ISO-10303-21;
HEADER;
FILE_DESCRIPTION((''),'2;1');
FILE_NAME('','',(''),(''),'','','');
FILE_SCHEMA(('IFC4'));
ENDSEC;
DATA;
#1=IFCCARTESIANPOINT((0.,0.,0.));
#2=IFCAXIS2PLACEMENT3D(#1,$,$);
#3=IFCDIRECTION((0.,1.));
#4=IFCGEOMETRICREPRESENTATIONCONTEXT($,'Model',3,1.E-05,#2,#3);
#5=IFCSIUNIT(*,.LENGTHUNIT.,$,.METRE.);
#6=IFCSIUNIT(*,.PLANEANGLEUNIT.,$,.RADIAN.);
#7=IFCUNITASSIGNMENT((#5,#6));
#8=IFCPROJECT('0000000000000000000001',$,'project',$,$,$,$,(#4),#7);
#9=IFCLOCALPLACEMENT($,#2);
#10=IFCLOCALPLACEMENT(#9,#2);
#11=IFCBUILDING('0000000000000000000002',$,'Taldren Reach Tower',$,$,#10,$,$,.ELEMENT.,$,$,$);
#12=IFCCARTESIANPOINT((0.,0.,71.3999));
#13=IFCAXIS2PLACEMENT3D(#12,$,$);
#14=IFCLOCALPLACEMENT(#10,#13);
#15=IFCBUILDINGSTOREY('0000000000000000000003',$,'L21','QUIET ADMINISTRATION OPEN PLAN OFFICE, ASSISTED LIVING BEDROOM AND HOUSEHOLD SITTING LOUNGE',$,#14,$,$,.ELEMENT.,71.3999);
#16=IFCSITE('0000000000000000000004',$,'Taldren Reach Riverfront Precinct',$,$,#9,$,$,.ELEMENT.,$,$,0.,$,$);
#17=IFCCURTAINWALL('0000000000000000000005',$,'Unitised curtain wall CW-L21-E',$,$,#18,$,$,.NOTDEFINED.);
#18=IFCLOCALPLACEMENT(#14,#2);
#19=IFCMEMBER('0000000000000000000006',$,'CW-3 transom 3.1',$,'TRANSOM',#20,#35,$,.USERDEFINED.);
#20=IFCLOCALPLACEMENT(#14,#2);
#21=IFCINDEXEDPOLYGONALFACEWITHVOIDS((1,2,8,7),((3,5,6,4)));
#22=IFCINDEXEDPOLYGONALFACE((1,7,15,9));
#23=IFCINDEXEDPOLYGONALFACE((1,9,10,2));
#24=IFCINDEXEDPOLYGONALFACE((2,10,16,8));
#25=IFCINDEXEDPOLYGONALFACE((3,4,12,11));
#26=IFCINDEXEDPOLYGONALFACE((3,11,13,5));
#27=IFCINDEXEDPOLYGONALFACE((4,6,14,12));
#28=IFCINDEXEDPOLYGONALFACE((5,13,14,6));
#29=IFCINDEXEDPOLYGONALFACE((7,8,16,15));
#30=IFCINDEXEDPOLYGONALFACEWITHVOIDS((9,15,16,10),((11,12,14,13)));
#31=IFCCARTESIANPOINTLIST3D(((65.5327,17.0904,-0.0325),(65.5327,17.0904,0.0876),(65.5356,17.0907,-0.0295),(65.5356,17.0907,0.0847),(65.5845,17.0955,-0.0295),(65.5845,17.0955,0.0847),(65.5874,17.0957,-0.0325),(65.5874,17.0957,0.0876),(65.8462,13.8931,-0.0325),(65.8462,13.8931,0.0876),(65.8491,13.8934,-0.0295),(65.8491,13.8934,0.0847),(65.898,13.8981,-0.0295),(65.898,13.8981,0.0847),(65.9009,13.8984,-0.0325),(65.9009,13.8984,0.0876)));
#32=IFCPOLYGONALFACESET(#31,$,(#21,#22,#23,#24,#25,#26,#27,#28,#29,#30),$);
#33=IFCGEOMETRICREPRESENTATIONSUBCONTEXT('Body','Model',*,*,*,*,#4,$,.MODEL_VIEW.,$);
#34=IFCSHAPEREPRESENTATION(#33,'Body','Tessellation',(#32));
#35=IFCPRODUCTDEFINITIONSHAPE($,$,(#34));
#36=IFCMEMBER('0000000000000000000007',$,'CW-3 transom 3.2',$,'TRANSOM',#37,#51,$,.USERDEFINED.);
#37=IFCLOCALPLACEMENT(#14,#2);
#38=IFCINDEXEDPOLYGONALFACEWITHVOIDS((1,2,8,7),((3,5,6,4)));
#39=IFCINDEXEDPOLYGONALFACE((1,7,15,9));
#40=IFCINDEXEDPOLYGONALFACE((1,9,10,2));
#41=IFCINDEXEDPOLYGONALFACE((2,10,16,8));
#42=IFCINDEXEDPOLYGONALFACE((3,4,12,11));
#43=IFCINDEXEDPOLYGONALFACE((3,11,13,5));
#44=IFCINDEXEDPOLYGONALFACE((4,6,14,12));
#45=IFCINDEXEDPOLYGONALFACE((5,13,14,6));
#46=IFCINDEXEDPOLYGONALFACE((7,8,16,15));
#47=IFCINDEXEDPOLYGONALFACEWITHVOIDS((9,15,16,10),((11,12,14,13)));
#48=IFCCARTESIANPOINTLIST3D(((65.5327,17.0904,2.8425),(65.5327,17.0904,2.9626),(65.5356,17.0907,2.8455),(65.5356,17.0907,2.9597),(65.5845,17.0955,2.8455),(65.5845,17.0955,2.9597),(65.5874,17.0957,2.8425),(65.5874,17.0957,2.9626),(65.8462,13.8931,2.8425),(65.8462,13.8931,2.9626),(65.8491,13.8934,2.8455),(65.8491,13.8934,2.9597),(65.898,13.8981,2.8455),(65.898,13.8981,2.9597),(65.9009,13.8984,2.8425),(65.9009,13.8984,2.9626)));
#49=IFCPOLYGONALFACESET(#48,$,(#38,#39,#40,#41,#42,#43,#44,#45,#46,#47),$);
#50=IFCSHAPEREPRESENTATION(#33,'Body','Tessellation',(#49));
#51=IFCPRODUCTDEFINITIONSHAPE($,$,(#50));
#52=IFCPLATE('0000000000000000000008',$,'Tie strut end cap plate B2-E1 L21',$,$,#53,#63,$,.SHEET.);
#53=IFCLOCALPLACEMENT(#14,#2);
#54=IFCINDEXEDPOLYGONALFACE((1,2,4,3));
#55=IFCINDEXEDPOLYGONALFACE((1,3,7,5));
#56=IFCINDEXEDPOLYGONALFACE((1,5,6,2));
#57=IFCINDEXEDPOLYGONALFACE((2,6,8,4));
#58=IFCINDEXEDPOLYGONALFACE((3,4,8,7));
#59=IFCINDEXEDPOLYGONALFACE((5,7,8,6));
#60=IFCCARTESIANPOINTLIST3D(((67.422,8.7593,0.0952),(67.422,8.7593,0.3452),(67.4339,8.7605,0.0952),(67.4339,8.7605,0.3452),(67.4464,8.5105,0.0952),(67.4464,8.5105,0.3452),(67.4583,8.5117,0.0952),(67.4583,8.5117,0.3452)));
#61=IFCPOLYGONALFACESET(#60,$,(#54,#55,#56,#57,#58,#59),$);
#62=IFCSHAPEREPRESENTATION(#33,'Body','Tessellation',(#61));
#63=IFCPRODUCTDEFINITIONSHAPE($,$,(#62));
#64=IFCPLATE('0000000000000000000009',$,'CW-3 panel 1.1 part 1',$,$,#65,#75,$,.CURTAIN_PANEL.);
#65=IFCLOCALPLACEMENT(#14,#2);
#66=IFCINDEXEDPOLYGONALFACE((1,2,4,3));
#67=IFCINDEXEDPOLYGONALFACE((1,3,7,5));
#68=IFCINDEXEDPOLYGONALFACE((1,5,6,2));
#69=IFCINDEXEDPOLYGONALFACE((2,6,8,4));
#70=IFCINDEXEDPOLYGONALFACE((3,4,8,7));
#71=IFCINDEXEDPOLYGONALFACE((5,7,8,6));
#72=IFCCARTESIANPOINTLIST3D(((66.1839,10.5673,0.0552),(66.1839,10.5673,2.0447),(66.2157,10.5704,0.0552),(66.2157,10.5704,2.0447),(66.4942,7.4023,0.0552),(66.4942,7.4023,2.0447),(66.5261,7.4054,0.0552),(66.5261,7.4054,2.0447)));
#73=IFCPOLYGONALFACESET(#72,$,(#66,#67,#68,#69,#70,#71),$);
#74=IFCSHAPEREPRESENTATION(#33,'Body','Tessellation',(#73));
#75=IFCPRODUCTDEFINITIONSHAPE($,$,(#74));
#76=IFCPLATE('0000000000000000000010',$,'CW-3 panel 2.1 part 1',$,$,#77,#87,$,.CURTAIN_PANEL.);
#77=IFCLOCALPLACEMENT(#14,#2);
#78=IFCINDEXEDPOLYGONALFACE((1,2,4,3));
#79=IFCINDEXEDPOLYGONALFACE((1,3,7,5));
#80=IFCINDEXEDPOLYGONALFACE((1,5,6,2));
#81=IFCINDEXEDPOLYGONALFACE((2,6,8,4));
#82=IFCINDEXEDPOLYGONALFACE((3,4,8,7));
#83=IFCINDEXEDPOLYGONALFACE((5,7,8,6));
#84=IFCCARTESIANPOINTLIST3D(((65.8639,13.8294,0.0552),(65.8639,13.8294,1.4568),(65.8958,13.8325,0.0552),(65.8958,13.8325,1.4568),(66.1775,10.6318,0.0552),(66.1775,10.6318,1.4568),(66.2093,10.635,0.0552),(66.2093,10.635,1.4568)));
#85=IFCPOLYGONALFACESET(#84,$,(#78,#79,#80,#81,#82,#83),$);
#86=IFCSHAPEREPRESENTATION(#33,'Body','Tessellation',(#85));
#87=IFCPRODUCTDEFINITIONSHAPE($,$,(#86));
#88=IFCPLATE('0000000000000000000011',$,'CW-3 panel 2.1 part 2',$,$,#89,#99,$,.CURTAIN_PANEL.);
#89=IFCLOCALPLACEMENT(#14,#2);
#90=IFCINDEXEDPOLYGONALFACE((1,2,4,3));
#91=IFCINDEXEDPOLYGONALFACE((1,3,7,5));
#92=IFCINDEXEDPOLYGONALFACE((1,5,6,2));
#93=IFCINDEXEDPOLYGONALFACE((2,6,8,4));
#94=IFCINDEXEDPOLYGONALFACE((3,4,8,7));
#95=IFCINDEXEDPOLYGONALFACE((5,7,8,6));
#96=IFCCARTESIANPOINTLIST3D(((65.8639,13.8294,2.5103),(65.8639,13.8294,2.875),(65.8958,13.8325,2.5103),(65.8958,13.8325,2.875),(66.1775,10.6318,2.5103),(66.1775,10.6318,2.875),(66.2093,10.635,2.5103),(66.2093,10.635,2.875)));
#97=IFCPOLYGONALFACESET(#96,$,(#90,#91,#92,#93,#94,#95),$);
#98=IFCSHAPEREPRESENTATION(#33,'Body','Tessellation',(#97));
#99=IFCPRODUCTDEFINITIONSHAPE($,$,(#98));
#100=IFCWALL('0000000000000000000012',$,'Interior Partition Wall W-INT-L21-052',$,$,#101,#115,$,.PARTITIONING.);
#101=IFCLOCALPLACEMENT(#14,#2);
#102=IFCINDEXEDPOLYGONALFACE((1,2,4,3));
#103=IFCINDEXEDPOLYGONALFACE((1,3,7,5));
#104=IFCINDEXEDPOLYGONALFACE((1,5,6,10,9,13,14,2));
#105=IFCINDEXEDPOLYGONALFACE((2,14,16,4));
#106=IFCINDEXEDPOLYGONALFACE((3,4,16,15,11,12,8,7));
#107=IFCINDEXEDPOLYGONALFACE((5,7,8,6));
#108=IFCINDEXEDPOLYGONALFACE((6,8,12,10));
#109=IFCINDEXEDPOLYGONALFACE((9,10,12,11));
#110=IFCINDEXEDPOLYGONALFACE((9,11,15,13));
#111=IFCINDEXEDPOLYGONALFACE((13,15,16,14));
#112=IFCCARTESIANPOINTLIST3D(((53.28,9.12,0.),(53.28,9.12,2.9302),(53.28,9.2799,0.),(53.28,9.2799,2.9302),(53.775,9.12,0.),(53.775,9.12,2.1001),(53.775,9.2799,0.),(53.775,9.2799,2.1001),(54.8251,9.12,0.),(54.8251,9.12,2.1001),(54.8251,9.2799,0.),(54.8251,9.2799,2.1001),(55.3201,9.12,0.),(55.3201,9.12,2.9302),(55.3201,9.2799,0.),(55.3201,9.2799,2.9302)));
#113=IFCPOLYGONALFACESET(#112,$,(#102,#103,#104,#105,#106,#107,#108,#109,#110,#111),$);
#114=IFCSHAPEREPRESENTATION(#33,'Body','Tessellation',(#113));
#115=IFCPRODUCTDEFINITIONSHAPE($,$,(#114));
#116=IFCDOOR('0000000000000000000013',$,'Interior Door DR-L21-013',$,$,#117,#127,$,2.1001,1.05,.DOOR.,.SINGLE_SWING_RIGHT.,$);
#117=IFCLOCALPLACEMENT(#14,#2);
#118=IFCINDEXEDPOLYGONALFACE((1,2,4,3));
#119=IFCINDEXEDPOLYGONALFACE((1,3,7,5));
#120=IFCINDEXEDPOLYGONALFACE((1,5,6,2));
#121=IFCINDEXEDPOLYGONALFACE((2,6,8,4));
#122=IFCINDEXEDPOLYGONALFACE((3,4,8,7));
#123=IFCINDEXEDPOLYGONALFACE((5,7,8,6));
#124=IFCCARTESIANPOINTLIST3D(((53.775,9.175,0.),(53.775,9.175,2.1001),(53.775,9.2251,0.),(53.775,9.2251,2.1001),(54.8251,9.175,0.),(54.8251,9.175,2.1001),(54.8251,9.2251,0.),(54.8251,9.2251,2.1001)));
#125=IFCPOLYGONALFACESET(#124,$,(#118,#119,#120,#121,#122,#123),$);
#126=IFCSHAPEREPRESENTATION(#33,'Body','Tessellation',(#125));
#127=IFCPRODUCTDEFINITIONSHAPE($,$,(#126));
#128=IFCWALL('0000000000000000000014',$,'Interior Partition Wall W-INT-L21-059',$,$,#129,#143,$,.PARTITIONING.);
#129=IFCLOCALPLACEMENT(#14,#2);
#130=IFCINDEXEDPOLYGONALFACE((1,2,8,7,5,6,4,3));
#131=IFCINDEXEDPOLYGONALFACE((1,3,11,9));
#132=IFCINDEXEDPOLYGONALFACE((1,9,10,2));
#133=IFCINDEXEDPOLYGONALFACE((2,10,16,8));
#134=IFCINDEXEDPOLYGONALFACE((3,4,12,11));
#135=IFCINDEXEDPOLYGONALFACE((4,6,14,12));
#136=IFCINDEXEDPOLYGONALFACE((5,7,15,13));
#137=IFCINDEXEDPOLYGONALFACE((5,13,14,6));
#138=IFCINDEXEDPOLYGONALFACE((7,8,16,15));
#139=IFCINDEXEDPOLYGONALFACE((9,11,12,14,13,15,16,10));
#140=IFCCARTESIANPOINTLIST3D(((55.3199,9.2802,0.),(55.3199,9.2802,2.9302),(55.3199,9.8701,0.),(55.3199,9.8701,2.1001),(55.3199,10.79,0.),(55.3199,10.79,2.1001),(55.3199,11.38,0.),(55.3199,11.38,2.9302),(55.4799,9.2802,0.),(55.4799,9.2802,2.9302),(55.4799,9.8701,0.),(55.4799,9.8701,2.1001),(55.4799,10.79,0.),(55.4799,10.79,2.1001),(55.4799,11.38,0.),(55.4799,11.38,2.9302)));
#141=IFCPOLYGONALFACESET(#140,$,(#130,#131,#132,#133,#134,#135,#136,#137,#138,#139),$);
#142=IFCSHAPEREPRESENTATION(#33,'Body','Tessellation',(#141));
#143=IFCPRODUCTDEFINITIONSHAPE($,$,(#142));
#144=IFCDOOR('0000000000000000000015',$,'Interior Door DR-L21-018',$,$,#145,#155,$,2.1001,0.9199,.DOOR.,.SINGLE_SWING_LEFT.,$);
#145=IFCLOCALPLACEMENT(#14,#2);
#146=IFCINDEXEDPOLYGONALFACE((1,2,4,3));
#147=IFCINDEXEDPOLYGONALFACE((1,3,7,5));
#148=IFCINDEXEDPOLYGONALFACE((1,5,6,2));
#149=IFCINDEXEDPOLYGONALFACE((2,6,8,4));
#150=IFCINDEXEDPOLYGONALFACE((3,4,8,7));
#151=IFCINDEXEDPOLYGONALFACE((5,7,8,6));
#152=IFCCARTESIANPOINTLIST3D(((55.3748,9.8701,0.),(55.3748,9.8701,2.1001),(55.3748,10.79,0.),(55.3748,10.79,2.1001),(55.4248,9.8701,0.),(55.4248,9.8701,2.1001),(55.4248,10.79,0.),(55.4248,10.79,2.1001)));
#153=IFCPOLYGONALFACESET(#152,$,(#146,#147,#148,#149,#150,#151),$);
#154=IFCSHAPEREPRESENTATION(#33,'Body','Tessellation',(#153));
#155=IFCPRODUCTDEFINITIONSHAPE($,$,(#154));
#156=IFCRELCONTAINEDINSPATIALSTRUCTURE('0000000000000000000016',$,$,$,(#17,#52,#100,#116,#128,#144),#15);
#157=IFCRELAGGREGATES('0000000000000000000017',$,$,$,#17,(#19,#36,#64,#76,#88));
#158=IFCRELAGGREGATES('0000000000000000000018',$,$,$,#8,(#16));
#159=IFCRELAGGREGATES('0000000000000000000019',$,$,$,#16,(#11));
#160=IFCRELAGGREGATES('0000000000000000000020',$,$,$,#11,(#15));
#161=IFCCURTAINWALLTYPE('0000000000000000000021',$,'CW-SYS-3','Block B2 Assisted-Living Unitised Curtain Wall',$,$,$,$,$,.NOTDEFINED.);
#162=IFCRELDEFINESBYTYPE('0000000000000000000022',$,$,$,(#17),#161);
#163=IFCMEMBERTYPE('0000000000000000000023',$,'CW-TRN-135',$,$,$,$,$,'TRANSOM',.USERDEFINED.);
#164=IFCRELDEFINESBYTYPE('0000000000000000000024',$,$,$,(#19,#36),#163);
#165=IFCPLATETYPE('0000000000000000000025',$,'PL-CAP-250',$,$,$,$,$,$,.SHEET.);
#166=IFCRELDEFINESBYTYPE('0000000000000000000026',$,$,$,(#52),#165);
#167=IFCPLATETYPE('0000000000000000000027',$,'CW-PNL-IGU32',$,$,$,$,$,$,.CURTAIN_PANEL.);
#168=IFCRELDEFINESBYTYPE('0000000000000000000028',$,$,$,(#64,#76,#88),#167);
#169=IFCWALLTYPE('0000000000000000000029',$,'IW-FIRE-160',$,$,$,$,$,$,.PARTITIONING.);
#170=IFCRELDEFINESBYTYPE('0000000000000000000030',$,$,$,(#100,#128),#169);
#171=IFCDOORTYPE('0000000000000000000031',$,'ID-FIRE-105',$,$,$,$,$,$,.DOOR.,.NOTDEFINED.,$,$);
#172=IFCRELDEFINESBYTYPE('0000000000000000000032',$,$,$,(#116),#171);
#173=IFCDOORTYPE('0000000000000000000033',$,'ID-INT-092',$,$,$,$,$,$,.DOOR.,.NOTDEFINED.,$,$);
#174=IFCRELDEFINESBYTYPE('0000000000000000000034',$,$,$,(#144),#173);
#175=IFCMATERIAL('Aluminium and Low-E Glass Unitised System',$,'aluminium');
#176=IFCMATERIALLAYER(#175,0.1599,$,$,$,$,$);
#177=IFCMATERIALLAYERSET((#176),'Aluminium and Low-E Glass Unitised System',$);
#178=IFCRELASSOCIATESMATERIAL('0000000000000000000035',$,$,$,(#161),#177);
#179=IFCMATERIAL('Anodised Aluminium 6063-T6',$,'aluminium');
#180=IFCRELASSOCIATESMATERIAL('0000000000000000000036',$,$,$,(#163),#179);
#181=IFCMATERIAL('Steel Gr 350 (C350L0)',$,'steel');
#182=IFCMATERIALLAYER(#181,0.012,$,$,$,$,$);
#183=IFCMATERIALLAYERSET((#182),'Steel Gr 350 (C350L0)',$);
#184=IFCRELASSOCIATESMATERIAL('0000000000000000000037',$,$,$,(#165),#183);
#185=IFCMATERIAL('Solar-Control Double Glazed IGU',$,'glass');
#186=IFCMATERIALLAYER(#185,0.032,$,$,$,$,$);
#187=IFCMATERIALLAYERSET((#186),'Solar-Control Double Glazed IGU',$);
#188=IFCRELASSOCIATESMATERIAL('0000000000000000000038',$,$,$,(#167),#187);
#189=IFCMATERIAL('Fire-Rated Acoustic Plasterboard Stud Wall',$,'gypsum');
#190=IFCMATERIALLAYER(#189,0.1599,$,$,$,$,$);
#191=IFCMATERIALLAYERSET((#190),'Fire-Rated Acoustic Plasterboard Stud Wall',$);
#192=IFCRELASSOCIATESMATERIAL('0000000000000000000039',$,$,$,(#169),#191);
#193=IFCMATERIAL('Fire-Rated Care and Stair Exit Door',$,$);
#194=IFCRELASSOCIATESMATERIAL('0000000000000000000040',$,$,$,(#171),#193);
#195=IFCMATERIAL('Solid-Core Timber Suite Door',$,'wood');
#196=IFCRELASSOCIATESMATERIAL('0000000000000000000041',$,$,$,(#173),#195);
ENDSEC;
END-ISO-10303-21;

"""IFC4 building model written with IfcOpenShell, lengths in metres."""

from ifc_helpers import new_model, si_unit, direction, frame, frame_2d, origin, origin_2d, place, context, subcontext, project, spatial, rectangle, hollow_rectangle, extrude, source, transform, mapped, material, layer, layer_set, material_profile, profile_set, type_object, element, fill, aggregate, save


model = new_model("IFC4")

# Units and contexts
model_context = context("Model", 3, precision=1e-05, world=origin(), true_north=direction((0.0, 1.0)))
body_context = subcontext(model_context, "Body", "Model", "MODEL_VIEW")
ifc_project = project(units=[si_unit("LENGTHUNIT", "METRE"), si_unit("PLANEANGLEUNIT", "RADIAN")], contexts=[model_context])

# Site, building, storey
site_placement = place(None, origin())
site = spatial("IfcSite", under=ifc_project, at=site_placement, Name="Taldren Reach Riverfront Precinct", CompositionType="ELEMENT", RefElevation=0.0)
building_placement = place(site_placement, origin())
building = spatial("IfcBuilding", under=site, at=building_placement, Name="Taldren Reach Tower", CompositionType="ELEMENT")
storey_placement = place(building_placement, frame((0.0, 0.0, 71.3999)))
storey = spatial("IfcBuildingStorey", under=building, at=storey_placement, Name="L21", Description="QUIET ADMINISTRATION OPEN PLAN OFFICE, ASSISTED LIVING BEDROOM AND HOUSEHOLD SITTING LOUNGE", CompositionType="ELEMENT", Elevation=71.3999)

# Shared definitions
ifc_material_1 = material(Name="Steel Gr 350 (C350L0)", Category="steel")

# Curtain wall, members
ifc_material_2 = material(Name="Aluminium and Low-E Glass Unitised System", Category="aluminium")
ifc_layer_1 = layer(ifc_material_2, 0.1599)
ifc_layer_set_1 = layer_set([ifc_layer_1], Name="Aluminium and Low-E Glass Unitised System")
curtain_wall_type = type_object("IfcCurtainWallType", Name="CW-SYS-3", Description="Block B2 Assisted-Living Unitised Curtain Wall", PredefinedType="NOTDEFINED", material=ifc_layer_set_1)
curtain_wall_placement = place(storey_placement, origin())
curtain_wall = element("IfcCurtainWall", 1, at=curtain_wall_placement, inside=storey, type_object=curtain_wall_type, Name="Unitised curtain wall CW-L21-E", PredefinedType="NOTDEFINED")
ifc_material_3 = material(Name="Anodised Aluminium 6063-T6", Category="aluminium")
ifc_material_profile_1 = material_profile(ifc_material_3, hollow_rectangle(XDim=0.0549, YDim=0.1201, WallThickness=0.0029, at=origin_2d()), Name="ALU-120x55x3RHS")
ifc_profile_set_1 = profile_set([ifc_material_profile_1], Name="Anodised Aluminium 6063-T6")
member_type_1 = type_object("IfcMemberType", Name="CW-TRN-135", ElementType="TRANSOM", PredefinedType="USERDEFINED", material=ifc_profile_set_1)
shared_shape_1 = source(origin(), body_context, "Body", "SweptSolid", [
    extrude(hollow_rectangle(XDim=0.0549, YDim=0.1201, WallThickness=0.0029, at=origin_2d()), origin(), (0.0, 0.0, 1.0), 3.2126),
])
member_1_placement = place(storey_placement, frame((65.8735, 13.8958, 0.0276), z_axis=(-0.097577, 0.995228, 0.0), x_axis=(-0.995228, -0.097577, 0.0)))
member_1 = element("IfcMember", 2, at=member_1_placement, type_object=member_type_1, Name="CW-3 transom 3.1", ObjectType="TRANSOM", PredefinedType="USERDEFINED", context=body_context, shape_type="MappedRepresentation", body=[
    mapped(shared_shape_1, transform((0.0, 0.0, 0.0), scale=1.0)),
])
member_2_placement = place(storey_placement, frame((65.8735, 13.8958, 2.9026), z_axis=(-0.097577, 0.995228, 0.0), x_axis=(-0.995228, -0.097577, 0.0)))
member_2 = element("IfcMember", 3, at=member_2_placement, type_object=member_type_1, Name="CW-3 transom 3.2", ObjectType="TRANSOM", PredefinedType="USERDEFINED", context=body_context, shape_type="MappedRepresentation", body=[
    mapped(shared_shape_1, transform((0.0, 0.0, 0.0), scale=1.0)),
])

# Plates
ifc_layer_2 = layer(ifc_material_1, 0.012)
ifc_layer_set_2 = layer_set([ifc_layer_2], Name="Steel Gr 350 (C350L0)")
plate_type_1 = type_object("IfcPlateType", Name="PL-CAP-250", PredefinedType="SHEET", material=ifc_layer_set_2)
shared_shape_2 = source(origin(), body_context, "Body", "SweptSolid", [
    extrude(rectangle(XDim=0.012, YDim=0.25, at=origin_2d()), origin(), (0.0, 0.0, 1.0), 0.25),
])
plate_1_placement = place(storey_placement, frame((67.4402, 8.6355, 0.0952), z_axis=(0.0, 0.0, 1.0), x_axis=(0.995227, 0.097583, 0.0)))
element("IfcPlate", 4, at=plate_1_placement, inside=storey, type_object=plate_type_1, Name="Tie strut end cap plate B2-E1 L21", PredefinedType="SHEET", context=body_context, shape_type="MappedRepresentation", body=[
    mapped(shared_shape_2, transform((0.0, 0.0, 0.0), scale=1.0)),
])
ifc_material_4 = material(Name="Solar-Control Double Glazed IGU", Category="glass")
ifc_layer_3 = layer(ifc_material_4, 0.032)
ifc_layer_set_3 = layer_set([ifc_layer_3], Name="Solar-Control Double Glazed IGU")
plate_type_2 = type_object("IfcPlateType", Name="CW-PNL-IGU32", PredefinedType="CURTAIN_PANEL", material=ifc_layer_set_3)
shared_shape_3 = source(origin(), body_context, "Body", "SweptSolid", [
    extrude(rectangle(XDim=3.1802, YDim=0.032, at=origin_2d()), origin(), (0.0, 0.0, 1.0), 1.9895),
])
plate_2_placement = place(storey_placement, frame((66.355, 8.9863, 0.0552), z_axis=(0.0, 0.0, 1.0), x_axis=(-0.097583, 0.995227, 0.0)))
plate_2 = element("IfcPlate", 5, at=plate_2_placement, type_object=plate_type_2, Name="CW-3 panel 1.1 part 1", PredefinedType="CURTAIN_PANEL", context=body_context, shape_type="MappedRepresentation", body=[
    mapped(shared_shape_3, transform((0.0, 0.0, 0.0), scale=1.0)),
])
shared_shape_4 = source(origin(), body_context, "Body", "SweptSolid", [
    extrude(rectangle(XDim=3.2129, YDim=0.032, at=origin_2d()), origin(), (0.0, 0.0, 1.0), 1.4016),
])
plate_3_placement = place(storey_placement, frame((66.0366, 12.2322, 0.0552), z_axis=(0.0, 0.0, 1.0), x_axis=(-0.097583, 0.995227, 0.0)))
plate_3 = element("IfcPlate", 6, at=plate_3_placement, type_object=plate_type_2, Name="CW-3 panel 2.1 part 1", PredefinedType="CURTAIN_PANEL", context=body_context, shape_type="MappedRepresentation", body=[
    mapped(shared_shape_4, transform((0.0, 0.0, 0.0), scale=1.0)),
])
shared_shape_5 = source(origin(), body_context, "Body", "SweptSolid", [
    extrude(rectangle(XDim=3.2129, YDim=0.032, at=origin_2d()), origin(), (0.0, 0.0, 1.0), 0.3647),
])
plate_4_placement = place(storey_placement, frame((66.0366, 12.2322, 2.5103), z_axis=(0.0, 0.0, 1.0), x_axis=(-0.097583, 0.995227, 0.0)))
plate_4 = element("IfcPlate", 7, at=plate_4_placement, type_object=plate_type_2, Name="CW-3 panel 2.1 part 2", PredefinedType="CURTAIN_PANEL", context=body_context, shape_type="MappedRepresentation", body=[
    mapped(shared_shape_5, transform((0.0, 0.0, 0.0), scale=1.0)),
])
aggregate(curtain_wall, [member_1, member_2, plate_2, plate_3, plate_4])

# Walls, openings, doors
ifc_material_5 = material(Name="Fire-Rated Acoustic Plasterboard Stud Wall", Category="gypsum")
ifc_layer_4 = layer(ifc_material_5, 0.1599)
ifc_layer_set_4 = layer_set([ifc_layer_4], Name="Fire-Rated Acoustic Plasterboard Stud Wall")
wall_type_1 = type_object("IfcWallType", Name="IW-FIRE-160", PredefinedType="PARTITIONING", material=ifc_layer_set_4)
shared_shape_6 = source(origin(), body_context, "Body", "SweptSolid", [
    extrude(rectangle(XDim=2.04, YDim=0.1599, at=frame_2d((1.02, 0.0))), origin(), (0.0, 0.0, 1.0), 2.9302),
])
wall_1_placement = place(storey_placement, frame((55.3201, 9.2, 0.0), z_axis=(0.0, 0.0, 1.0), x_axis=(-1.0, 0.0, 0.0)))
wall_1 = element("IfcWall", 8, at=wall_1_placement, inside=storey, type_object=wall_type_1, Name="Interior Partition Wall W-INT-L21-052", PredefinedType="PARTITIONING", context=body_context, shape_type="MappedRepresentation", body=[
    mapped(shared_shape_6, transform((0.0, 0.0, 0.0), scale=1.0)),
])
shared_shape_7 = source(origin(), body_context, "Body", "SweptSolid", [
    extrude(rectangle(XDim=1.05, YDim=2.1001, at=frame_2d((0.5249, 1.05))), frame((0.0, 0.0898, 0.0), z_axis=(0.0, -1.0, 0.0), x_axis=(1.0, 0.0, 0.0)), (0.0, 0.0, 1.0), 0.1799),
])
opening_1_placement = place(wall_1_placement, frame((0.4951, 0.0, 0.0)))
opening_1 = element("IfcOpeningElement", 9, at=opening_1_placement, cuts=wall_1, PredefinedType="OPENING", context=body_context, shape_type="MappedRepresentation", body=[
    mapped(shared_shape_7, transform((0.0, 0.0, 0.0), scale=1.0)),
])
ifc_material_6 = material(Name="Fire-Rated Care and Stair Exit Door")
door_type_1 = type_object("IfcDoorType", Name="ID-FIRE-105", OperationType="NOTDEFINED", PredefinedType="DOOR", material=ifc_material_6)
shared_shape_8 = source(origin(), body_context, "Body", "SweptSolid", [
    extrude(rectangle(XDim=1.05, YDim=2.1001, at=frame_2d((0.5249, 1.05))), frame((0.0, 0.0249, 0.0), z_axis=(0.0, -1.0, 0.0), x_axis=(1.0, 0.0, 0.0)), (0.0, 0.0, 1.0), 0.05),
])
door_1_placement = place(opening_1_placement, origin())
door_1 = element("IfcDoor", 10, at=door_1_placement, inside=storey, type_object=door_type_1, Name="Interior Door DR-L21-013", OperationType="SINGLE_SWING_RIGHT", OverallHeight=2.1001, OverallWidth=1.05, PredefinedType="DOOR", context=body_context, shape_type="MappedRepresentation", body=[
    mapped(shared_shape_8, transform((0.0, 0.0, 0.0), scale=1.0)),
])
fill(opening_1, door_1)
shared_shape_9 = source(origin(), body_context, "Body", "SweptSolid", [
    extrude(rectangle(XDim=2.0999, YDim=0.1599, at=frame_2d((1.0498, 0.0))), origin(), (0.0, 0.0, 1.0), 2.9302),
])
wall_2_placement = place(storey_placement, frame((55.3999, 11.3799, 0.0), z_axis=(0.0, 0.0, 1.0), x_axis=(0.0, -1.0, 0.0)))
wall_2 = element("IfcWall", 11, at=wall_2_placement, inside=storey, type_object=wall_type_1, Name="Interior Partition Wall W-INT-L21-059", PredefinedType="PARTITIONING", context=body_context, shape_type="MappedRepresentation", body=[
    mapped(shared_shape_9, transform((0.0, 0.0, 0.0), scale=1.0)),
])
shared_shape_10 = source(origin(), body_context, "Body", "SweptSolid", [
    extrude(rectangle(XDim=0.9199, YDim=2.1001, at=frame_2d((0.46, 1.05))), frame((0.0, 0.0898, 0.0), z_axis=(0.0, -1.0, 0.0), x_axis=(1.0, 0.0, 0.0)), (0.0, 0.0, 1.0), 0.1799),
])
opening_2_placement = place(wall_2_placement, frame((0.5898, 0.0, 0.0)))
opening_2 = element("IfcOpeningElement", 12, at=opening_2_placement, cuts=wall_2, PredefinedType="OPENING", context=body_context, shape_type="MappedRepresentation", body=[
    mapped(shared_shape_10, transform((0.0, 0.0, 0.0), scale=1.0)),
])
ifc_material_7 = material(Name="Solid-Core Timber Suite Door", Category="wood")
door_type_2 = type_object("IfcDoorType", Name="ID-INT-092", OperationType="NOTDEFINED", PredefinedType="DOOR", material=ifc_material_7)
shared_shape_11 = source(origin(), body_context, "Body", "SweptSolid", [
    extrude(rectangle(XDim=0.9199, YDim=2.1001, at=frame_2d((0.46, 1.05))), frame((0.0, 0.0249, 0.0), z_axis=(0.0, -1.0, 0.0), x_axis=(1.0, 0.0, 0.0)), (0.0, 0.0, 1.0), 0.05),
])
door_2_placement = place(opening_2_placement, origin())
door_2 = element("IfcDoor", 13, at=door_2_placement, inside=storey, type_object=door_type_2, Name="Interior Door DR-L21-018", OperationType="SINGLE_SWING_LEFT", OverallHeight=2.1001, OverallWidth=0.9199, PredefinedType="DOOR", context=body_context, shape_type="MappedRepresentation", body=[
    mapped(shared_shape_11, transform((0.0, 0.0, 0.0), scale=1.0)),
])
fill(opening_2, door_2)

save(model, "model.ifc")
